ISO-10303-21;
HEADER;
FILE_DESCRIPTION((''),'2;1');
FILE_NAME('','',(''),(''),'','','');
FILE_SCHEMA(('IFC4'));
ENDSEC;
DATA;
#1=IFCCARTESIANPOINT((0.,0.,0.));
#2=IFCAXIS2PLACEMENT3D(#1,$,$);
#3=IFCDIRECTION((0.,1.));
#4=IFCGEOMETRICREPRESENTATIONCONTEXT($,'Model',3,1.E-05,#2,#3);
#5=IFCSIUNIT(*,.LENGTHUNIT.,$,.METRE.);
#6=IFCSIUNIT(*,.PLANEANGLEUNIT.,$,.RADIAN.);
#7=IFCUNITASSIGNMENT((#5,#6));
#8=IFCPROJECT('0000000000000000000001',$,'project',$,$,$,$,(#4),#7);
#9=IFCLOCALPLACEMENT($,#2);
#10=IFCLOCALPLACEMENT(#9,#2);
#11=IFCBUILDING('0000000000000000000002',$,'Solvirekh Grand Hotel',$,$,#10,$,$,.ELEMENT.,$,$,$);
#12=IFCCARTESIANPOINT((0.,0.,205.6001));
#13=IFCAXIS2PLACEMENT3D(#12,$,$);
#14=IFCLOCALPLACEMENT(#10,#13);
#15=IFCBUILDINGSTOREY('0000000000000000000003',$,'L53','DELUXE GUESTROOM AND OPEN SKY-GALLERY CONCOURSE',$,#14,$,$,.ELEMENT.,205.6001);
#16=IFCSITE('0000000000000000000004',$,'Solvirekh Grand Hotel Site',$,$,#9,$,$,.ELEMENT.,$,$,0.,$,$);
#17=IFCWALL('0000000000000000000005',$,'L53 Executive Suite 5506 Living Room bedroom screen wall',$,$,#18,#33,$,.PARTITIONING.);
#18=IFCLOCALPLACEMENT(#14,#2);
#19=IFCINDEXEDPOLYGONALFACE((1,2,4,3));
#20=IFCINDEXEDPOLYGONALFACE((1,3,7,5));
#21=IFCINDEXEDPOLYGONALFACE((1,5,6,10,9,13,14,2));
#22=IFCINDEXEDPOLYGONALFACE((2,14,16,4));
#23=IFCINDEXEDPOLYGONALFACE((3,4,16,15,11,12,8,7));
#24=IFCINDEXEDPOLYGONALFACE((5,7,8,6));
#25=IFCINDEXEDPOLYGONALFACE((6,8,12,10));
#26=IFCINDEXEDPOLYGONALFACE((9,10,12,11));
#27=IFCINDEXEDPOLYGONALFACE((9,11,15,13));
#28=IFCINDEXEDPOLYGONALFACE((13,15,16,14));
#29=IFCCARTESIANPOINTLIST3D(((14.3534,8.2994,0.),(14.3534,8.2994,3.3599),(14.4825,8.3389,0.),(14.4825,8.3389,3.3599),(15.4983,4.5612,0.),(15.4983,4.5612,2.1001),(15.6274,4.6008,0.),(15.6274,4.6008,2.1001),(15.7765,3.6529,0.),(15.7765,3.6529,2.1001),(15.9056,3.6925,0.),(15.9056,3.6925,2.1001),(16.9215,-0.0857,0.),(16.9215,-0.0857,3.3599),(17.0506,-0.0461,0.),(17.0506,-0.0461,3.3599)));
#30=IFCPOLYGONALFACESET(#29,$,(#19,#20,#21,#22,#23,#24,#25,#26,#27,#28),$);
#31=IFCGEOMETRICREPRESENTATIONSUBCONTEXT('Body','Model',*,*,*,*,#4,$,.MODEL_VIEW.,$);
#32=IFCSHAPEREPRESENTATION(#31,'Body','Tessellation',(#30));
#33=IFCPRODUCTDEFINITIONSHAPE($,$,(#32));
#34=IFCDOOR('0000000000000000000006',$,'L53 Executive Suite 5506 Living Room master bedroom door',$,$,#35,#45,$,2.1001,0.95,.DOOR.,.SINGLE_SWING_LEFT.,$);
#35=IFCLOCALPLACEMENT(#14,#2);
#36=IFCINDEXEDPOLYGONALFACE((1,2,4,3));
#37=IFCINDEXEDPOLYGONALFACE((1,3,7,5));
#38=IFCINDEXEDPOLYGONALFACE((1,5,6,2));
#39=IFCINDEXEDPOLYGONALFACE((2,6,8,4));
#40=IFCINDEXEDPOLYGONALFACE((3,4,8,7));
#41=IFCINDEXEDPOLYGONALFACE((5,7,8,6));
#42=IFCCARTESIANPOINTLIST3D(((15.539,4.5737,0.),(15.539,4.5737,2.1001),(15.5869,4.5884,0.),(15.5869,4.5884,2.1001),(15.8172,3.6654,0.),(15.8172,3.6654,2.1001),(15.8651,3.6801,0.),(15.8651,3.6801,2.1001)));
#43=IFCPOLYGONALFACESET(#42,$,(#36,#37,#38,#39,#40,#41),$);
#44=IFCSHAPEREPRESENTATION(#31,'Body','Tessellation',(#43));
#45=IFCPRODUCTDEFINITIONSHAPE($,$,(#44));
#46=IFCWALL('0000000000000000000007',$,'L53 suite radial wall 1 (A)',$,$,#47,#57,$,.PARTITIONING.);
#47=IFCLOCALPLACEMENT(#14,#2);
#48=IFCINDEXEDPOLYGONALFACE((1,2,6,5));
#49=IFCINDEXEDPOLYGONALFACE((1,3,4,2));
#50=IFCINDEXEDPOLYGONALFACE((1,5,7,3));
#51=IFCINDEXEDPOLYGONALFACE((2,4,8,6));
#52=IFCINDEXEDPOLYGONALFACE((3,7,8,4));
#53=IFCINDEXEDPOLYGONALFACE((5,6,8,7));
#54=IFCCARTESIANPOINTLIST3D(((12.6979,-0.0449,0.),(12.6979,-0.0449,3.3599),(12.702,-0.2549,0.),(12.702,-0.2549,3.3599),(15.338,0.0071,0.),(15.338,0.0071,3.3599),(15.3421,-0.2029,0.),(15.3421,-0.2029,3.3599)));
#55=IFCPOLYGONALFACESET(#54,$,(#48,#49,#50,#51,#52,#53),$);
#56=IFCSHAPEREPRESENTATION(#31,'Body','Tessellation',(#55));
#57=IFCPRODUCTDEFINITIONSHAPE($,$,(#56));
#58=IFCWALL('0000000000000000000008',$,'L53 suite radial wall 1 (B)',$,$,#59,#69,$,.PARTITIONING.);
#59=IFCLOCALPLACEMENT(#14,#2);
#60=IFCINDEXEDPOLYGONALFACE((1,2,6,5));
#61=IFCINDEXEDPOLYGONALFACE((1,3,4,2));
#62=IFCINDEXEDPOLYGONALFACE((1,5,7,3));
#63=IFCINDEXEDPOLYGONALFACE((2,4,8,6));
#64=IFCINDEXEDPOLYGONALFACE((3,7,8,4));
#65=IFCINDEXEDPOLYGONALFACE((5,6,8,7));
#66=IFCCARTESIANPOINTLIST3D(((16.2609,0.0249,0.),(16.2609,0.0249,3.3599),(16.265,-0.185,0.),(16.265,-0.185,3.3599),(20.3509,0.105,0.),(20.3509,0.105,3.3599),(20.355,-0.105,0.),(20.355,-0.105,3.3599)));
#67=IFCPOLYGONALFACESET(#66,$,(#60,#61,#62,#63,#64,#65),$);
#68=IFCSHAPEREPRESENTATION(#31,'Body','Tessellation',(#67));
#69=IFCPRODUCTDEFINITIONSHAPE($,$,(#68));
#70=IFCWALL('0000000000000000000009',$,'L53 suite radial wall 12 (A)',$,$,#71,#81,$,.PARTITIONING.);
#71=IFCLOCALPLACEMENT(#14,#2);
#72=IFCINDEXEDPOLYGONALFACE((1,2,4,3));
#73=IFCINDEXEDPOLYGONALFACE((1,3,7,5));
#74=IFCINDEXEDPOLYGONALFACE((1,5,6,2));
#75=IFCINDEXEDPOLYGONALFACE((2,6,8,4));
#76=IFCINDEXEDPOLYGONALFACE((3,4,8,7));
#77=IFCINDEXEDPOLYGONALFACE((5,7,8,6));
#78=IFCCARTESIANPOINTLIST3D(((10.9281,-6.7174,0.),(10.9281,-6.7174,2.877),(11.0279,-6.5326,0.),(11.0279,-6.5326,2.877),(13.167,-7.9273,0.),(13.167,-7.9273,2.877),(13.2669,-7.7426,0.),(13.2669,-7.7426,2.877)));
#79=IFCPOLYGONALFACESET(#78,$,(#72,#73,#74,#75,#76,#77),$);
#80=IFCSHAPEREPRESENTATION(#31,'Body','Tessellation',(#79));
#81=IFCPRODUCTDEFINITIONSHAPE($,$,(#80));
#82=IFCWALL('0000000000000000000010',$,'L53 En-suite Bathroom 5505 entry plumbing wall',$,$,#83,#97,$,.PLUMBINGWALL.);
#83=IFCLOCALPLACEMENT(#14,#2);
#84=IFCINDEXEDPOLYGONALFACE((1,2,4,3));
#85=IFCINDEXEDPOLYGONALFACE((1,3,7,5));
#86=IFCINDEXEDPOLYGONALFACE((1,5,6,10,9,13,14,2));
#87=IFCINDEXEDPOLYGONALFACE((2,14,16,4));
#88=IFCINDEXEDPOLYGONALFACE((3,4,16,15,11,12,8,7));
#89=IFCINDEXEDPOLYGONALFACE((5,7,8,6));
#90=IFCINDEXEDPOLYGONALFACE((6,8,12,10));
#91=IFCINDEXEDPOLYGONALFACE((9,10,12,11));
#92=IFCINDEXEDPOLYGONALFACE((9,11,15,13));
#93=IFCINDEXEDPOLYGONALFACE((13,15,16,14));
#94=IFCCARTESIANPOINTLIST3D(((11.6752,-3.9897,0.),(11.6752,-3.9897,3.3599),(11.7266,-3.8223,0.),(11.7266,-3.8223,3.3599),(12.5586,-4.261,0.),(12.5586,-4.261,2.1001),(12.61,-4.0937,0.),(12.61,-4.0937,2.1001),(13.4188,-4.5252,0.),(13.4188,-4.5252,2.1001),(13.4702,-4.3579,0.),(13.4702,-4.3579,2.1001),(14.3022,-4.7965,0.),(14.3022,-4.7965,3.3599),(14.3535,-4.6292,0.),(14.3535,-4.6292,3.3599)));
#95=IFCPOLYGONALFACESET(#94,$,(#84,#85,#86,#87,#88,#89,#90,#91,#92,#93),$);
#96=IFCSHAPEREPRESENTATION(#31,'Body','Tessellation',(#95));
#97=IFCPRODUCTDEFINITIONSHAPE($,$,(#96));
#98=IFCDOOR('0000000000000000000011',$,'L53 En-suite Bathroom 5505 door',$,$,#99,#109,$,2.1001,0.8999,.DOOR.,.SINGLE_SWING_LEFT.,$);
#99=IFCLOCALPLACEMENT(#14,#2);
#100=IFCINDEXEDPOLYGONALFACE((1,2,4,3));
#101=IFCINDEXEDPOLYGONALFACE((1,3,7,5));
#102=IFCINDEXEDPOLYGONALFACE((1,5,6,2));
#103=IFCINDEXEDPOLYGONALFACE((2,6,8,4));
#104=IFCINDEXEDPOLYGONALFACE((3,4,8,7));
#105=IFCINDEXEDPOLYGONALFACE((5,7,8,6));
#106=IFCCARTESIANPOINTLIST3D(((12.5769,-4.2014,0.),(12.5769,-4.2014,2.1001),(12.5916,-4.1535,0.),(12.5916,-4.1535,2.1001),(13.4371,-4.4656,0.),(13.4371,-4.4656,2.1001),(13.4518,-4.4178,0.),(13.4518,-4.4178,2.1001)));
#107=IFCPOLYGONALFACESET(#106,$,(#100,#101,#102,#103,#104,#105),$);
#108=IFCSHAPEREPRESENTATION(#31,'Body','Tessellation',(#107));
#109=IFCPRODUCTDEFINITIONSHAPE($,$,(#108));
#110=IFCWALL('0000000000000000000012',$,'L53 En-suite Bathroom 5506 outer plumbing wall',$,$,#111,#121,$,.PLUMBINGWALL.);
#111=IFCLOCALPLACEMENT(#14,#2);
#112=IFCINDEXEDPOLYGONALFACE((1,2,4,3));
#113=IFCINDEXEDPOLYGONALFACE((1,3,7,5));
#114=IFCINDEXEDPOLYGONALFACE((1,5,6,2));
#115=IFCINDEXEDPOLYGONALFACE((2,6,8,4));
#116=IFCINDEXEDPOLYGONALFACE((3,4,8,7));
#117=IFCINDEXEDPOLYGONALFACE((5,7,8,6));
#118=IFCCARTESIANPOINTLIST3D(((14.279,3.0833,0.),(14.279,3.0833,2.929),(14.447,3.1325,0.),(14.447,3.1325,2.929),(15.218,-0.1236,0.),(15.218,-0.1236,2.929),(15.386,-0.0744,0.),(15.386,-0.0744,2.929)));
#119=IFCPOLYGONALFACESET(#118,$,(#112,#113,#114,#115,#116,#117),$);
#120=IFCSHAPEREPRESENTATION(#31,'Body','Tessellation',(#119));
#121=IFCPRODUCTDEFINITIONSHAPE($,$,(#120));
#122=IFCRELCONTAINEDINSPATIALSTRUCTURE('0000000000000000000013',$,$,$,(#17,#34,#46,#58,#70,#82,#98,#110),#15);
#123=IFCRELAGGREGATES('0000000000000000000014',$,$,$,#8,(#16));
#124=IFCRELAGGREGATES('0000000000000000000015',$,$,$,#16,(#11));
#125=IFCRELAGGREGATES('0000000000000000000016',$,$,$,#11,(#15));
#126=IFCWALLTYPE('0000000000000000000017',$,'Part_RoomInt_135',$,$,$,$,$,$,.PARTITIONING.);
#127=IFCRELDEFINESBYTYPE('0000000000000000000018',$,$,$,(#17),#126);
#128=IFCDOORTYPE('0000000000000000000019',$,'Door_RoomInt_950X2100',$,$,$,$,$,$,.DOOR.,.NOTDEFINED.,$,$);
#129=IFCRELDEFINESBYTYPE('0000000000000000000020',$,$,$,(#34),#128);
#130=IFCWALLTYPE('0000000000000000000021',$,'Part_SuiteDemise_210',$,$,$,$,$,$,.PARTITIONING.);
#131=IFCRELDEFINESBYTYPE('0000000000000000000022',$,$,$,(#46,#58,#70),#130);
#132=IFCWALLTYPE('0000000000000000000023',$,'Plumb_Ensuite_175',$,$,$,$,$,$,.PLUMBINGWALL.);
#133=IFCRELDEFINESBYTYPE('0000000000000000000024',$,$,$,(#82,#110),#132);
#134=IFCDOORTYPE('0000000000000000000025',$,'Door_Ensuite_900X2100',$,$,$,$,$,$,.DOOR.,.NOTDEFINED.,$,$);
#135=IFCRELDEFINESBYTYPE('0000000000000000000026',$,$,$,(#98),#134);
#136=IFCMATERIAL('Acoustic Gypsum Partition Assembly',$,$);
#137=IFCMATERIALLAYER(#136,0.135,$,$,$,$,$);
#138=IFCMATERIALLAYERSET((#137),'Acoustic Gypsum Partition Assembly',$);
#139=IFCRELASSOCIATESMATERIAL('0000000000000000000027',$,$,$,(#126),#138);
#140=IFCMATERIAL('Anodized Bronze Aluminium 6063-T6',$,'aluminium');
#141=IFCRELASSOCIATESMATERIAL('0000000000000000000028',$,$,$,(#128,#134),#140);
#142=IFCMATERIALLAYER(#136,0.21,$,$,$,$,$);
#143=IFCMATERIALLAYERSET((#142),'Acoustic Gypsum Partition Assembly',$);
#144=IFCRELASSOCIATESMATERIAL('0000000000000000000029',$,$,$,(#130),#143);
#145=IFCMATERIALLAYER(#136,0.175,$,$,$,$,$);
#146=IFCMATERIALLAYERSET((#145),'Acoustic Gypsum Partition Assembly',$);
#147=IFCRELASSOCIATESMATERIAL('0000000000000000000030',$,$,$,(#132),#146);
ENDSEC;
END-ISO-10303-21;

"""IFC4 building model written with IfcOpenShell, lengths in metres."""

from ifc_helpers import new_model, si_unit, direction, frame, frame_2d, origin, place, context, subcontext, project, spatial, rectangle, extrude, material, layer, layer_set, type_object, element, fill, save


model = new_model("IFC4")

# Units and contexts
model_context = context("Model", 3, precision=1e-05, world=origin(), true_north=direction((0.0, 1.0)))
body_context = subcontext(model_context, "Body", "Model", "MODEL_VIEW")
ifc_project = project(units=[si_unit("LENGTHUNIT", "METRE"), si_unit("PLANEANGLEUNIT", "RADIAN")], contexts=[model_context])

# Site, building, storey
site_placement = place(None, origin())
site = spatial("IfcSite", under=ifc_project, at=site_placement, Name="Solvirekh Grand Hotel Site", CompositionType="ELEMENT", RefElevation=0.0)
building_placement = place(site_placement, origin())
building = spatial("IfcBuilding", under=site, at=building_placement, Name="Solvirekh Grand Hotel", CompositionType="ELEMENT")
storey_placement = place(building_placement, frame((0.0, 0.0, 205.6001)))
storey = spatial("IfcBuildingStorey", under=building, at=storey_placement, Name="L53", Description="DELUXE GUESTROOM AND OPEN SKY-GALLERY CONCOURSE", CompositionType="ELEMENT", Elevation=205.6001)

# Shared definitions
ifc_material_1 = material(Name="Anodized Bronze Aluminium 6063-T6", Category="aluminium")

# Shared definitions
ifc_material_2 = material(Name="Acoustic Gypsum Partition Assembly")

# Wall, opening, door
ifc_layer_1 = layer(ifc_material_2, 0.135)
ifc_layer_set_1 = layer_set([ifc_layer_1], Name="Acoustic Gypsum Partition Assembly")
wall_type_1 = type_object("IfcWallType", Name="Part_RoomInt_135", PredefinedType="PARTITIONING", material=ifc_layer_set_1)
wall_1_placement = place(storey_placement, frame((16.9861, -0.0659, 0.0), z_axis=(0.0, 0.0, 1.0), x_axis=(-0.292847, 0.956159, 0.0)))
wall_1 = element("IfcWall", 1, at=wall_1_placement, inside=storey, type_object=wall_type_1, Name="L53 Executive Suite 5506 Living Room bedroom screen wall", PredefinedType="PARTITIONING", context=body_context, shape_type="SweptSolid", body=[
    extrude(rectangle(XDim=8.7695, YDim=0.135, at=frame_2d((4.3848, 0.0))), origin(), (0.0, 0.0, 1.0), 3.3599),
])
opening_1_placement = place(wall_1_placement, frame((3.9099, 0.0, 0.0)))
opening_1 = element("IfcOpeningElement", 2, at=opening_1_placement, cuts=wall_1, PredefinedType="OPENING", context=body_context, shape_type="SweptSolid", body=[
    extrude(rectangle(XDim=0.95, YDim=2.1001, at=frame_2d((0.4751, 1.05))), frame((0.0, 0.0776, 0.0), z_axis=(0.0, -1.0, 0.0), x_axis=(1.0, 0.0, 0.0)), (0.0, 0.0, 1.0), 0.155),
])
door_type_1 = type_object("IfcDoorType", Name="Door_RoomInt_950X2100", OperationType="NOTDEFINED", PredefinedType="DOOR", material=ifc_material_1)
door_1_placement = place(opening_1_placement, origin())
door_1 = element("IfcDoor", 3, at=door_1_placement, inside=storey, type_object=door_type_1, Name="L53 Executive Suite 5506 Living Room master bedroom door", OperationType="SINGLE_SWING_LEFT", OverallHeight=2.1001, OverallWidth=0.95, PredefinedType="DOOR", context=body_context, shape_type="SweptSolid", body=[
    extrude(rectangle(XDim=0.95, YDim=2.1001, at=frame_2d((0.4751, 1.05))), frame((0.0, 0.0249, 0.0), z_axis=(0.0, -1.0, 0.0), x_axis=(1.0, 0.0, 0.0)), (0.0, 0.0, 1.0), 0.05),
])
fill(opening_1, door_1)

# Walls
ifc_layer_2 = layer(ifc_material_2, 0.21)
ifc_layer_set_2 = layer_set([ifc_layer_2], Name="Acoustic Gypsum Partition Assembly")
wall_type_2 = type_object("IfcWallType", Name="Part_SuiteDemise_210", PredefinedType="PARTITIONING", material=ifc_layer_set_2)
wall_2_placement = place(storey_placement, frame((12.7, -0.1499, 0.0), z_axis=(0.0, 0.0, 1.0), x_axis=(0.999806, 0.019693, 0.0)))
element("IfcWall", 4, at=wall_2_placement, inside=storey, type_object=wall_type_2, Name="L53 suite radial wall 1 (A)", PredefinedType="PARTITIONING", context=body_context, shape_type="SweptSolid", body=[
    extrude(rectangle(XDim=2.6406, YDim=0.21, at=frame_2d((1.3203, 0.0))), origin(), (0.0, 0.0, 1.0), 3.3599),
])
wall_3_placement = place(storey_placement, frame((16.2629, -0.0801, 0.0), z_axis=(0.0, 0.0, 1.0), x_axis=(0.999808, 0.019575, 0.0)))
element("IfcWall", 5, at=wall_3_placement, inside=storey, type_object=wall_type_2, Name="L53 suite radial wall 1 (B)", PredefinedType="PARTITIONING", context=body_context, shape_type="SweptSolid", body=[
    extrude(rectangle(XDim=4.0908, YDim=0.21, at=frame_2d((2.0454, 0.0))), origin(), (0.0, 0.0, 1.0), 3.3599),
])
wall_4_placement = place(storey_placement, frame((10.978, -6.625, 0.0), z_axis=(0.0, 0.0, 1.0), x_axis=(0.879759, -0.475421, 0.0)))
element("IfcWall", 6, at=wall_4_placement, inside=storey, type_object=wall_type_2, Name="L53 suite radial wall 12 (A)", PredefinedType="PARTITIONING", context=body_context, shape_type="SweptSolid", body=[
    extrude(rectangle(XDim=2.5449, YDim=0.21, at=frame_2d((1.2725, 0.0))), origin(), (0.0, 0.0, 1.0), 2.877),
])

# Wall, opening, door
ifc_layer_3 = layer(ifc_material_2, 0.175)
ifc_layer_set_3 = layer_set([ifc_layer_3], Name="Acoustic Gypsum Partition Assembly")
wall_type_3 = type_object("IfcWallType", Name="Plumb_Ensuite_175", PredefinedType="PLUMBINGWALL", material=ifc_layer_set_3)
wall_5_placement = place(storey_placement, frame((11.7009, -3.906, 0.0), z_axis=(0.0, 0.0, 1.0), x_axis=(0.955923, -0.293618, 0.0)))
wall_5 = element("IfcWall", 7, at=wall_5_placement, inside=storey, type_object=wall_type_3, Name="L53 En-suite Bathroom 5505 entry plumbing wall", PredefinedType="PLUMBINGWALL", context=body_context, shape_type="SweptSolid", body=[
    extrude(rectangle(XDim=2.748, YDim=0.175, at=frame_2d((1.374, 0.0))), origin(), (0.0, 0.0, 1.0), 3.3599),
])
opening_2_placement = place(wall_5_placement, frame((0.9241, 0.0, 0.0)))
opening_2 = element("IfcOpeningElement", 8, at=opening_2_placement, cuts=wall_5, PredefinedType="OPENING", context=body_context, shape_type="SweptSolid", body=[
    extrude(rectangle(XDim=0.8999, YDim=2.1001, at=frame_2d((0.45, 1.05))), frame((0.0, 0.0977, 0.0), z_axis=(0.0, -1.0, 0.0), x_axis=(1.0, 0.0, 0.0)), (0.0, 0.0, 1.0), 0.1951),
])
door_type_2 = type_object("IfcDoorType", Name="Door_Ensuite_900X2100", OperationType="NOTDEFINED", PredefinedType="DOOR", material=ifc_material_1)
door_2_placement = place(opening_2_placement, origin())
door_2 = element("IfcDoor", 9, at=door_2_placement, inside=storey, type_object=door_type_2, Name="L53 En-suite Bathroom 5505 door", OperationType="SINGLE_SWING_LEFT", OverallHeight=2.1001, OverallWidth=0.8999, PredefinedType="DOOR", context=body_context, shape_type="SweptSolid", body=[
    extrude(rectangle(XDim=0.8999, YDim=2.1001, at=frame_2d((0.45, 1.05))), frame((0.0, 0.0249, 0.0), z_axis=(0.0, -1.0, 0.0), x_axis=(1.0, 0.0, 0.0)), (0.0, 0.0, 1.0), 0.05),
])
fill(opening_2, door_2)

# Wall
wall_6_placement = place(storey_placement, frame((15.302, -0.0991, 0.0), z_axis=(0.0, 0.0, 1.0), x_axis=(-0.280987, 0.959711, 0.0)))
element("IfcWall", 10, at=wall_6_placement, inside=storey, type_object=wall_type_3, Name="L53 En-suite Bathroom 5506 outer plumbing wall", PredefinedType="PLUMBINGWALL", context=body_context, shape_type="SweptSolid", body=[
    extrude(rectangle(XDim=3.3416, YDim=0.175, at=frame_2d((1.6709, 0.0))), origin(), (0.0, 0.0, 1.0), 2.929),
])

save(model, "model.ifc")
